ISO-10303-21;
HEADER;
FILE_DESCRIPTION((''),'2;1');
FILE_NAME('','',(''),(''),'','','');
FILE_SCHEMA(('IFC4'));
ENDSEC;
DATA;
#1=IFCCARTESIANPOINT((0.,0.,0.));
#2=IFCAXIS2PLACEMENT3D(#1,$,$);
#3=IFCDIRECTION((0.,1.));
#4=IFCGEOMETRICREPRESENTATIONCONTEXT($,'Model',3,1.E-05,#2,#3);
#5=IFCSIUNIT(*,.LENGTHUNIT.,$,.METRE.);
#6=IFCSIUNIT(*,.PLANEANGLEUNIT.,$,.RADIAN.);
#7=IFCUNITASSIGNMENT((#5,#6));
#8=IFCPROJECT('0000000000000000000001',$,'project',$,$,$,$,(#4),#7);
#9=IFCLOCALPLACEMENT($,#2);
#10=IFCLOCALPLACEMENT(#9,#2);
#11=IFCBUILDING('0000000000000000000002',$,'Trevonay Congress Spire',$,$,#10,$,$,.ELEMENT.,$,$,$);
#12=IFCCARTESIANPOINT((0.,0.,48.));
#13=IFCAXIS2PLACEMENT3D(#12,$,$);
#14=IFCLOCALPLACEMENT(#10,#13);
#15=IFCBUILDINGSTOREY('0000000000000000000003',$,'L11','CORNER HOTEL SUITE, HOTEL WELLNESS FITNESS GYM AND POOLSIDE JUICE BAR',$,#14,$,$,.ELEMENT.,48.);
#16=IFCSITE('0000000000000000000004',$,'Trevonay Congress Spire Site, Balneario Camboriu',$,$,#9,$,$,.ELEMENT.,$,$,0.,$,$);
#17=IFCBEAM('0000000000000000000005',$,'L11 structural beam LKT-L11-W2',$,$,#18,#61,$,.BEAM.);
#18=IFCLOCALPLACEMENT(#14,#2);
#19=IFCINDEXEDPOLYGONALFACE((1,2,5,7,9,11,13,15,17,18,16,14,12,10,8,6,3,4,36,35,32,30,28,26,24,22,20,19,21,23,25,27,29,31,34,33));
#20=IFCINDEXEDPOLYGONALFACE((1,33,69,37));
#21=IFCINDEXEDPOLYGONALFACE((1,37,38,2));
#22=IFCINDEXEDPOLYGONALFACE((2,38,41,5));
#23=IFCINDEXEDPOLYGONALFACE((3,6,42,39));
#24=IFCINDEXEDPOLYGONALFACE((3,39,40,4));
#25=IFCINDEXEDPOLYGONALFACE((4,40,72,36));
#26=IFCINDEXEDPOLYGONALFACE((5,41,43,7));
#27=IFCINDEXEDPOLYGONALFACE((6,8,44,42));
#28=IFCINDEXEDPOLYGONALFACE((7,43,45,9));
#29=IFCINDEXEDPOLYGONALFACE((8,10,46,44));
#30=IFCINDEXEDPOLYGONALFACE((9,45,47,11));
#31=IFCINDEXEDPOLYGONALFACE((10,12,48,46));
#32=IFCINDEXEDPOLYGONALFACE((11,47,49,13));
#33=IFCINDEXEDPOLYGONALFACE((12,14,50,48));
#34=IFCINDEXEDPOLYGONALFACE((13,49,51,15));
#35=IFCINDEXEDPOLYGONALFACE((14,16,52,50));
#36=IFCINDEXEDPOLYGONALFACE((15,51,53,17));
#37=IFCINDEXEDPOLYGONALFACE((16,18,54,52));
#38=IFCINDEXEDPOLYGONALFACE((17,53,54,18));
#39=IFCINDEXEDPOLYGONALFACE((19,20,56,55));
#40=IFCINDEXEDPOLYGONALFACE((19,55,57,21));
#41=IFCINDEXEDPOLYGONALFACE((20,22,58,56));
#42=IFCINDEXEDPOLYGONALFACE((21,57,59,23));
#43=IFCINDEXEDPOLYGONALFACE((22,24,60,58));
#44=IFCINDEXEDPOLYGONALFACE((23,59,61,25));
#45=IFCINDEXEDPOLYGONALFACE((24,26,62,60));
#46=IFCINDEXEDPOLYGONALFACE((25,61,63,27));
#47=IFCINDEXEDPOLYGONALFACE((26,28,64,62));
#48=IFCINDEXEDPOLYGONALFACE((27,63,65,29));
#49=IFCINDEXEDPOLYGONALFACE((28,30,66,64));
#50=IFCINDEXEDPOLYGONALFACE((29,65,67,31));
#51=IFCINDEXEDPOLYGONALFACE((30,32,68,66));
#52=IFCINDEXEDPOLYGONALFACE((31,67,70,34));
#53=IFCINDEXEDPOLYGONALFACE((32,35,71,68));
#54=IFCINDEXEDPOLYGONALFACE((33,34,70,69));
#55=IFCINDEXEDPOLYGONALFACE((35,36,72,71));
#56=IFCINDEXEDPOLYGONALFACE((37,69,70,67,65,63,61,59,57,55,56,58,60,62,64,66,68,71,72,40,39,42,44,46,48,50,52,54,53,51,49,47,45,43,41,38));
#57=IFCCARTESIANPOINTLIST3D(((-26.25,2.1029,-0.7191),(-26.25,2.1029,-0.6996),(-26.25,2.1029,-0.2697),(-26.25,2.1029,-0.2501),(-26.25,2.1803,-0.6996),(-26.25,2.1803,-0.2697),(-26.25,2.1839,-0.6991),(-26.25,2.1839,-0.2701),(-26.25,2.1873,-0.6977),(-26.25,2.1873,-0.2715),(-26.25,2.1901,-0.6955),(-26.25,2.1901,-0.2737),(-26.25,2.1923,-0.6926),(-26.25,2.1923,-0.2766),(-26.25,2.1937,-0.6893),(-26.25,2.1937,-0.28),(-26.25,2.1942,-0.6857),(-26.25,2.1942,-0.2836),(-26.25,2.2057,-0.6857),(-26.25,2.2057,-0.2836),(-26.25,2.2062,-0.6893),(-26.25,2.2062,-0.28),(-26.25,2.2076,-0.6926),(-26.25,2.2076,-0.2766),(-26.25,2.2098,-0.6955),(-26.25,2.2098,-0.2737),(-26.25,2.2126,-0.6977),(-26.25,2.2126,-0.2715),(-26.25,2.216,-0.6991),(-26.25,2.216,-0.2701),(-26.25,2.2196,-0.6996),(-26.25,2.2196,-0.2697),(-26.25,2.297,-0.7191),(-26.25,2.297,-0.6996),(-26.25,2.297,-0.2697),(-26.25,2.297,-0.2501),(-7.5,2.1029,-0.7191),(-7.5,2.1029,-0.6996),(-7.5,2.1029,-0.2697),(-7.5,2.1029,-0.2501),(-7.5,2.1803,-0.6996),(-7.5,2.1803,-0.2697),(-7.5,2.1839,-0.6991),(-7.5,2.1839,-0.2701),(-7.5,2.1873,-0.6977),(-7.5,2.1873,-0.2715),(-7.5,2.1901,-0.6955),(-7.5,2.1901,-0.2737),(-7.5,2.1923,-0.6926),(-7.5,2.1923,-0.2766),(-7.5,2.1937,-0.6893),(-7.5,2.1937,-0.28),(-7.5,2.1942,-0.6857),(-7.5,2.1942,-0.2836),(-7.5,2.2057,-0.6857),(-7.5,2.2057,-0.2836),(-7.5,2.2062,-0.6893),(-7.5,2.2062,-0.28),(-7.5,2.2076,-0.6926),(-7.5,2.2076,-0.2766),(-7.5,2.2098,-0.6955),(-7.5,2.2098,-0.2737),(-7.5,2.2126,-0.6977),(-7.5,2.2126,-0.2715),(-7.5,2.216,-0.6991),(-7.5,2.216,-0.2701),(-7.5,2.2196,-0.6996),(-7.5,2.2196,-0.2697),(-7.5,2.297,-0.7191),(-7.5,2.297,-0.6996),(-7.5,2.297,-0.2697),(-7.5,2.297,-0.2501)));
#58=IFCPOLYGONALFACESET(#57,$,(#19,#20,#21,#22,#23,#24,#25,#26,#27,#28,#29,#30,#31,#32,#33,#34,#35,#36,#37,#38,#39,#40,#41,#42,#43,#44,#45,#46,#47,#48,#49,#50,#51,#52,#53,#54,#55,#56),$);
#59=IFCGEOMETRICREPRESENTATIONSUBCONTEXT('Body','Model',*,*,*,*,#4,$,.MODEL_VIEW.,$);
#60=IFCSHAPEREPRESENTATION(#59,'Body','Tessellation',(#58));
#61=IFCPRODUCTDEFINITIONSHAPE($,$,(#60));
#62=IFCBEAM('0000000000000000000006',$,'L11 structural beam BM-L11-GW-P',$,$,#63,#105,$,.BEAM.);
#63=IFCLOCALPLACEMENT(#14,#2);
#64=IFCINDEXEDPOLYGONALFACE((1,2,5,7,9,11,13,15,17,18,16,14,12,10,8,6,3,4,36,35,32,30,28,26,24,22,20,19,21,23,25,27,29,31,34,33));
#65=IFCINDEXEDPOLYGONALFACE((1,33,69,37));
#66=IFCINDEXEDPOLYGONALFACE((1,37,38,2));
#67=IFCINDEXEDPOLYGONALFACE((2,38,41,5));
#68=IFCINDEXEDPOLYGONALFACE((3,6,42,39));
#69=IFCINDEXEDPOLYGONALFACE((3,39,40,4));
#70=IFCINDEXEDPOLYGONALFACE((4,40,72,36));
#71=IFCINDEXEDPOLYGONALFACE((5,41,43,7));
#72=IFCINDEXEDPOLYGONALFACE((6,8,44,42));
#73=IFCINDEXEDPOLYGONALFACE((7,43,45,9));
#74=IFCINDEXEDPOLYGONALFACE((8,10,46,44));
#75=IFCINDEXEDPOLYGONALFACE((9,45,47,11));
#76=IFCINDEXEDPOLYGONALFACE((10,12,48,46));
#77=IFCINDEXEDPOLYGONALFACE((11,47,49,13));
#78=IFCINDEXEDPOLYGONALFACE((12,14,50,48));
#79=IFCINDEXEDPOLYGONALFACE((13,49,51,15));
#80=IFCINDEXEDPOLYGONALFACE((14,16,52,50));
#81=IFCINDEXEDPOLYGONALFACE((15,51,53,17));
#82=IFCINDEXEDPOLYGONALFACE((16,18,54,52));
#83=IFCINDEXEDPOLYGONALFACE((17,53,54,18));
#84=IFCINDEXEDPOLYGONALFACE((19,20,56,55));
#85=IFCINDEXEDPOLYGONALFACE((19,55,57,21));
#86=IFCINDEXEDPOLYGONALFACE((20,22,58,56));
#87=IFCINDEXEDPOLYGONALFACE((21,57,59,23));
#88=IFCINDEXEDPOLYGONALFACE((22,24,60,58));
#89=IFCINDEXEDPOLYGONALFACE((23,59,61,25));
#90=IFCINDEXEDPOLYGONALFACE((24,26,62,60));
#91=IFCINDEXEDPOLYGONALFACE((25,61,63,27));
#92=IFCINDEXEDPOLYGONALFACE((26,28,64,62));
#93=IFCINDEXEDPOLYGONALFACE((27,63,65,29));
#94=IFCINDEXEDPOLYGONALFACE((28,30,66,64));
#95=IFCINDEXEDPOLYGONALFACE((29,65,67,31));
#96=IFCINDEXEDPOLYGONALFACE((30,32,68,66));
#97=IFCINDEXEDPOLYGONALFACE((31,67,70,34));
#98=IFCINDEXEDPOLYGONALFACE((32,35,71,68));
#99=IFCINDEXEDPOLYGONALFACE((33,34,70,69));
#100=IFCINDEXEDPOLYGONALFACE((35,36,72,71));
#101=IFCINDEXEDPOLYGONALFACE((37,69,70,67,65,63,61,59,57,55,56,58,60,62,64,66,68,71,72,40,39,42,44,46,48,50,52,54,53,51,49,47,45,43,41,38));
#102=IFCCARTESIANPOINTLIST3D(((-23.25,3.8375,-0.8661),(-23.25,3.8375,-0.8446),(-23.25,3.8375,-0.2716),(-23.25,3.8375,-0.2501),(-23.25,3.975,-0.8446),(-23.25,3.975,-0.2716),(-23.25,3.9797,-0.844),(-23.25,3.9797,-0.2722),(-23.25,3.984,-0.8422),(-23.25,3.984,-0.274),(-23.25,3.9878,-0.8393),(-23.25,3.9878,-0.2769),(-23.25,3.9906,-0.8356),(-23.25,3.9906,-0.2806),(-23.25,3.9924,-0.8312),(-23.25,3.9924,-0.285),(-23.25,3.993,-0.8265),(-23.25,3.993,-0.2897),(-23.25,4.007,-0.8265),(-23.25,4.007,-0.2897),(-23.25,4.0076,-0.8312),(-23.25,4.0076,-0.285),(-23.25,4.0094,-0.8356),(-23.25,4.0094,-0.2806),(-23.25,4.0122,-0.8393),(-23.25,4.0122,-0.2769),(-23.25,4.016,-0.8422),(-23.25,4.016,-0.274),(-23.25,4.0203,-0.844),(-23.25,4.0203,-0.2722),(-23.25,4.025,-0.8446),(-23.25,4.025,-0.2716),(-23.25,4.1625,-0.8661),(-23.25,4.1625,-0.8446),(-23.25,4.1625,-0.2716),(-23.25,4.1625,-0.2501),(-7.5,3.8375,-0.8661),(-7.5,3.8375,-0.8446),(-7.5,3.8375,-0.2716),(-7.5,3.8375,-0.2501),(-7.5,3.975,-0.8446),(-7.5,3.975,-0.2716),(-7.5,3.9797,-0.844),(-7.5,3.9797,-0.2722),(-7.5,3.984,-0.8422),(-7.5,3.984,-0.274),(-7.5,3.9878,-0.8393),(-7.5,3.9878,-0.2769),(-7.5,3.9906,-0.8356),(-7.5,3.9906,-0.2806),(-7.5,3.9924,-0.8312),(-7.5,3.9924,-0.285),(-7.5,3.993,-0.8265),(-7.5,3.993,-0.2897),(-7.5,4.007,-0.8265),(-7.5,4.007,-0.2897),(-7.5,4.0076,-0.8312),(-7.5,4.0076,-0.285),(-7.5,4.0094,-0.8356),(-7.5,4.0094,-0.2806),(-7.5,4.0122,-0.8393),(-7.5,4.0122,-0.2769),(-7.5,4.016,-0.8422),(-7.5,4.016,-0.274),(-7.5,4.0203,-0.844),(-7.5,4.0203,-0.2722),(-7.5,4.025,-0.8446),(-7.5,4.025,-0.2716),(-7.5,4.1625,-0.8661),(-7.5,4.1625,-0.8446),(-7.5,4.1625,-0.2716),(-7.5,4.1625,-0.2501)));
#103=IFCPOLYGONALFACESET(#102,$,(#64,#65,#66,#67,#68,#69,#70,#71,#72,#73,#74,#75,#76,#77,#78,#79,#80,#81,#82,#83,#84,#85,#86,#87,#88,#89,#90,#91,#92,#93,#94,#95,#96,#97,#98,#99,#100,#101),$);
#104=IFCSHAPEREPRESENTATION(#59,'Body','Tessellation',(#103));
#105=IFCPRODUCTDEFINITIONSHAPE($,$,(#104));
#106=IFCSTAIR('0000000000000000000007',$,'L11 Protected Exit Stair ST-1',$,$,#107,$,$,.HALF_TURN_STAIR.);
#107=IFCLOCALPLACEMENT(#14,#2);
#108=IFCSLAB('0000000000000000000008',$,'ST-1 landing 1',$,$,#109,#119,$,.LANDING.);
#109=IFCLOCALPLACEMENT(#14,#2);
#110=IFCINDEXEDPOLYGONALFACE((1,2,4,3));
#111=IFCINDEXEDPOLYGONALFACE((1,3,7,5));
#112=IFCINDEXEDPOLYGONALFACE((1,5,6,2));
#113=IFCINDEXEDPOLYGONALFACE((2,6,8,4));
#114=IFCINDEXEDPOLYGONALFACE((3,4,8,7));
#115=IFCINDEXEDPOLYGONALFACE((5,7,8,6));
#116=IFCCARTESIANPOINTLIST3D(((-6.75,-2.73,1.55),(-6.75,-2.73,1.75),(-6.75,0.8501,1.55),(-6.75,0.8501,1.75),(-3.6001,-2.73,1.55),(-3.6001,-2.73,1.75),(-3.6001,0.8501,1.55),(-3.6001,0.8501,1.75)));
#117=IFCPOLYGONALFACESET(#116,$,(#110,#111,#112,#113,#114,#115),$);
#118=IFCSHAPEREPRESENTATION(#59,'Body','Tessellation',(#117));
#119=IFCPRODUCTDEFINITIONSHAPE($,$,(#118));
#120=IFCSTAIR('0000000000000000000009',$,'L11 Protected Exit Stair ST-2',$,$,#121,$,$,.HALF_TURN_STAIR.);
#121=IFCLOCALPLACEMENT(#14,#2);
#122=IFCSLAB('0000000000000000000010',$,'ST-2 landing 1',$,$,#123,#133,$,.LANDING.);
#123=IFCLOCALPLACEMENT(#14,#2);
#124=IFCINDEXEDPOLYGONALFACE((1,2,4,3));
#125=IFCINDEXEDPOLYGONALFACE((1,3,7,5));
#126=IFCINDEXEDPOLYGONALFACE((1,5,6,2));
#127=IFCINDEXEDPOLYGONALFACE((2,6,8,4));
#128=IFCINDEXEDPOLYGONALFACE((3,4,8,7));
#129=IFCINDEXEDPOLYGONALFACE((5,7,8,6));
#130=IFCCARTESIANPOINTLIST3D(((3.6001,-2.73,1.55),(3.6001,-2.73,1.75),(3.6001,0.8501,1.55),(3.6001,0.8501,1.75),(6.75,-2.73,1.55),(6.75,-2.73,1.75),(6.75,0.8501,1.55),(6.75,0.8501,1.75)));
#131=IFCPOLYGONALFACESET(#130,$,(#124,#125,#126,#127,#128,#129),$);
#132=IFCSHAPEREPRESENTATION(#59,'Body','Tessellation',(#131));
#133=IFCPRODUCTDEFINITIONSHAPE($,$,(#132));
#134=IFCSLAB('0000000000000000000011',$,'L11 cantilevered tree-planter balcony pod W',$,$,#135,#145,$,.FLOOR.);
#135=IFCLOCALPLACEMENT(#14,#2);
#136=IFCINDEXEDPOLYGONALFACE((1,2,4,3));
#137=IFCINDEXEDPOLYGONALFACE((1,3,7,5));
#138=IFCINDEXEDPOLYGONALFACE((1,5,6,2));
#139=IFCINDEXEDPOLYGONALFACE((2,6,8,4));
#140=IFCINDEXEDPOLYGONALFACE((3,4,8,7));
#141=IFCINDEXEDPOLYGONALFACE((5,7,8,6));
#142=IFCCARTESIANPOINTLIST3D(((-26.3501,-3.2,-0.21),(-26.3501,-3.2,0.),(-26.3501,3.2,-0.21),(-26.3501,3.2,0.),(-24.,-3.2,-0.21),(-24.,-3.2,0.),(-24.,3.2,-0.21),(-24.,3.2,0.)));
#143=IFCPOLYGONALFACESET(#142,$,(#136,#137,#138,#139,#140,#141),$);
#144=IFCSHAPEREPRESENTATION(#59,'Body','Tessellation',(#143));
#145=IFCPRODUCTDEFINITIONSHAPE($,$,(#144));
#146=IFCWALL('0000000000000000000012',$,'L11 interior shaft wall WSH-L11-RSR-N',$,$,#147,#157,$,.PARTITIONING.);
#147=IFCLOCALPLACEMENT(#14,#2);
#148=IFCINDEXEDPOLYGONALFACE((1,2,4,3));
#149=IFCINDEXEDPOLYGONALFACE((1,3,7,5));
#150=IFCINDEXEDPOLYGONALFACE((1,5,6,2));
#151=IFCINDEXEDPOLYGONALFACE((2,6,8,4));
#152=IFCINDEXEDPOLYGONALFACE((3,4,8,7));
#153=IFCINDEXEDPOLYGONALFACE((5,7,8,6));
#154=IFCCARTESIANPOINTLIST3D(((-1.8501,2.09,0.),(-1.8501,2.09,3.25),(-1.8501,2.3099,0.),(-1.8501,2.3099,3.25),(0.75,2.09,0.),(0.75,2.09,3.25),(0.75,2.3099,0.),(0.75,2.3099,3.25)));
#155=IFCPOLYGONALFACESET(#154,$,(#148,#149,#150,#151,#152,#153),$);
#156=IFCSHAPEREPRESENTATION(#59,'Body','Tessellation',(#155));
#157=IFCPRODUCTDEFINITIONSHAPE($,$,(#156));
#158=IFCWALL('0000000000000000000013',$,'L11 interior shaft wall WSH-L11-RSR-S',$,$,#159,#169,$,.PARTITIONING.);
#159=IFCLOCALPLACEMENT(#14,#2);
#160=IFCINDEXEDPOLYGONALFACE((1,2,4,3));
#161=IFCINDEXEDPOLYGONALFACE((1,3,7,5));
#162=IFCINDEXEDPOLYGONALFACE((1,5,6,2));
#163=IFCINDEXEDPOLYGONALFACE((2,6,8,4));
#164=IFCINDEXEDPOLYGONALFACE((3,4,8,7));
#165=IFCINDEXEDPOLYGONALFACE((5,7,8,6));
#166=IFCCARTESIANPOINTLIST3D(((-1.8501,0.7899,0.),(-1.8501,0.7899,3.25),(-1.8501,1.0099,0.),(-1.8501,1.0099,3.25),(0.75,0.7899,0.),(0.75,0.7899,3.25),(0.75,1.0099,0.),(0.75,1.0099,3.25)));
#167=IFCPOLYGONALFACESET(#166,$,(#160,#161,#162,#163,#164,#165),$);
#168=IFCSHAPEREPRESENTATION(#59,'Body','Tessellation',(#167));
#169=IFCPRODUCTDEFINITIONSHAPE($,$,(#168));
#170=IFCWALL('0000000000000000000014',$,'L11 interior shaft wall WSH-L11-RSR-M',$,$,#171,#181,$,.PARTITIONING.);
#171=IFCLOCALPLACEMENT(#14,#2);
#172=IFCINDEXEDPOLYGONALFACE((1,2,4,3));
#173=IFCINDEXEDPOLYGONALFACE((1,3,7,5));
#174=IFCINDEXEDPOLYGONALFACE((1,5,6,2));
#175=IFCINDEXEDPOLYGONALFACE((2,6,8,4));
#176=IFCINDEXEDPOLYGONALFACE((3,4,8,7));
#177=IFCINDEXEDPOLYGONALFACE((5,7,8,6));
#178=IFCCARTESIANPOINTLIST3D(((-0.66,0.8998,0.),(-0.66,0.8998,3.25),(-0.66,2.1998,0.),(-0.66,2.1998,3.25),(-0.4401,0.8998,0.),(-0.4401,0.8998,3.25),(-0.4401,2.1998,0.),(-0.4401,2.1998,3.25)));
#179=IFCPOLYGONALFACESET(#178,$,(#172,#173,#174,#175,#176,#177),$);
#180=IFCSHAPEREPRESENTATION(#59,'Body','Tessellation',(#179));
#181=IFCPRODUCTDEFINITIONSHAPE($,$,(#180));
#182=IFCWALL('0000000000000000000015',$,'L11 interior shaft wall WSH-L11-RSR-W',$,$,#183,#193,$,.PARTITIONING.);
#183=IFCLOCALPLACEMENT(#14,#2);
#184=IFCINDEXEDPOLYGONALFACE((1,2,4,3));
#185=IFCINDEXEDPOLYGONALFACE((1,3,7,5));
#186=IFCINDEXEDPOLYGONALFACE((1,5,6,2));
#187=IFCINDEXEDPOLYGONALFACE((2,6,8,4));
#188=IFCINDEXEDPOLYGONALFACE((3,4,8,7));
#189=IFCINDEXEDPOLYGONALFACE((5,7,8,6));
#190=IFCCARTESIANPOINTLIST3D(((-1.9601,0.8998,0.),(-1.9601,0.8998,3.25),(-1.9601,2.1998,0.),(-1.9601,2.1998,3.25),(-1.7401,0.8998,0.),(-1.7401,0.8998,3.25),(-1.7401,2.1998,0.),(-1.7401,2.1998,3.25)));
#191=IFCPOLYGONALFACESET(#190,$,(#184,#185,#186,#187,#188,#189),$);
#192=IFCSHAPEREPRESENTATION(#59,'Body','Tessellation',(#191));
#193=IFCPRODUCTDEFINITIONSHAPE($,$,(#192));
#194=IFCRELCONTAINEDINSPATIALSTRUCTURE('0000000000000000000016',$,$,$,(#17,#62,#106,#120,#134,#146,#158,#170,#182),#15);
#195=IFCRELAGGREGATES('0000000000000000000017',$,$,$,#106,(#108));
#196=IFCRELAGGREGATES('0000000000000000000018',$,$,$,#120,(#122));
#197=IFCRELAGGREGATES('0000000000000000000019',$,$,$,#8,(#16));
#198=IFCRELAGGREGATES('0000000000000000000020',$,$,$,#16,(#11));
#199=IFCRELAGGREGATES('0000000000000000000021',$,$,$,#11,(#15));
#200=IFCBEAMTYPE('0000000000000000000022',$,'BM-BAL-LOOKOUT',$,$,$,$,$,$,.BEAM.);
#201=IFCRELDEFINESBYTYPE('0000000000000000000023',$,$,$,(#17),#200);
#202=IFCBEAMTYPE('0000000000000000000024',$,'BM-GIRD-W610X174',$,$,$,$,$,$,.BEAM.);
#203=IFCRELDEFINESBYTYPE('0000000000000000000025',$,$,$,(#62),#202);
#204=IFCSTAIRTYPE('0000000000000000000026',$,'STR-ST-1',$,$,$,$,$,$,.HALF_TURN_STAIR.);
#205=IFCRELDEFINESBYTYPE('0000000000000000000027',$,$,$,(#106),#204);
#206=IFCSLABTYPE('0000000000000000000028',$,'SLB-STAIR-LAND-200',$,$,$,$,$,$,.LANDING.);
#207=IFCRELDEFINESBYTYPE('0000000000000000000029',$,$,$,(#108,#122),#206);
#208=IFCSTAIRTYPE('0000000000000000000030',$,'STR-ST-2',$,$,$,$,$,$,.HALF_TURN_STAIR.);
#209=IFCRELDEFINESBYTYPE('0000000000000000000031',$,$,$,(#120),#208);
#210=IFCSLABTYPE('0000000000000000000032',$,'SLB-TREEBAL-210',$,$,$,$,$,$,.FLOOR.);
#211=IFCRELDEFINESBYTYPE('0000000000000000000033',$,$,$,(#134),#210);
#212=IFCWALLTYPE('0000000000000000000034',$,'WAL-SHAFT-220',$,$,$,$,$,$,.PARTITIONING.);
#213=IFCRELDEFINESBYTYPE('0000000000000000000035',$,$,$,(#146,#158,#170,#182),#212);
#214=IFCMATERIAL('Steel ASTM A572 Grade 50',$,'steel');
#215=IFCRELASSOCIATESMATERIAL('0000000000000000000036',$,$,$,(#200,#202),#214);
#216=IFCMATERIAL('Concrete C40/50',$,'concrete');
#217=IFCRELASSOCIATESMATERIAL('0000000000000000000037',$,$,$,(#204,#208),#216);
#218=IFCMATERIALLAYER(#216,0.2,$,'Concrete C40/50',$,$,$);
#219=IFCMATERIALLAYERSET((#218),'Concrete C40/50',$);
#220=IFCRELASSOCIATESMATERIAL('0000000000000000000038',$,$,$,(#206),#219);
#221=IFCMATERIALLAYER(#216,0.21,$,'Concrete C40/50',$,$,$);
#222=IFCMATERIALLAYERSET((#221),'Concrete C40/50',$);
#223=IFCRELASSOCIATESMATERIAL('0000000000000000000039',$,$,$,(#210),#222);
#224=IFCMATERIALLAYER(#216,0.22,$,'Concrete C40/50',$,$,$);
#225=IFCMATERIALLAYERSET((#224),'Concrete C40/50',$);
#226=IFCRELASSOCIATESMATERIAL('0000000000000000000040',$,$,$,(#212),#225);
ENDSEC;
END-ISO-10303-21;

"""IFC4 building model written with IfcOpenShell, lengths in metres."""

from ifc_helpers import new_model, si_unit, direction, frame, frame_2d, origin, origin_2d, place, context, subcontext, project, spatial, polyline, rectangle, i_section, outline, extrude, material, layer, layer_set, material_profile, profile_set, type_object, element, aggregate, save


model = new_model("IFC4")

# Units and contexts
model_context = context("Model", 3, precision=1e-05, world=origin(), true_north=direction((0.0, 1.0)))
body_context = subcontext(model_context, "Body", "Model", "MODEL_VIEW")
ifc_project = project(units=[si_unit("LENGTHUNIT", "METRE"), si_unit("PLANEANGLEUNIT", "RADIAN")], contexts=[model_context])

# Site, building, storey
site_placement = place(None, origin())
site = spatial("IfcSite", under=ifc_project, at=site_placement, Name="Trevonay Congress Spire Site, Balneario Camboriu", CompositionType="ELEMENT", RefElevation=0.0)
building_placement = place(site_placement, origin())
building = spatial("IfcBuilding", under=site, at=building_placement, Name="Trevonay Congress Spire", CompositionType="ELEMENT")
storey_placement = place(building_placement, frame((0.0, 0.0, 48.0)))
storey = spatial("IfcBuildingStorey", under=building, at=storey_placement, Name="L11", Description="CORNER HOTEL SUITE, HOTEL WELLNESS FITNESS GYM AND POOLSIDE JUICE BAR", CompositionType="ELEMENT", Elevation=48.0)

# Beams
ifc_material_1 = material(Name="Steel ASTM A572 Grade 50", Category="steel")
ifc_material_profile_1 = material_profile(ifc_material_1, i_section(OverallWidth=0.1941, OverallDepth=0.469, WebThickness=0.0115, FlangeThickness=0.0195, FilletRadius=0.0139, at=origin_2d()), Name="W460x106")
ifc_profile_set_1 = profile_set([ifc_material_profile_1], Name="Steel ASTM A572 Grade 50")
beam_type_1 = type_object("IfcBeamType", Name="BM-BAL-LOOKOUT", PredefinedType="BEAM", material=ifc_profile_set_1)
beam_1_placement = place(storey_placement, frame((-7.5, 2.2, -0.4846), z_axis=(-1.0, 0.0, 0.0), x_axis=(0.0, -1.0, 0.0)))
element("IfcBeam", 1, at=beam_1_placement, inside=storey, type_object=beam_type_1, Name="L11 structural beam LKT-L11-W2", PredefinedType="BEAM", context=body_context, shape_type="SweptSolid", body=[
    extrude(i_section(OverallWidth=0.1941, OverallDepth=0.469, WebThickness=0.0115, FlangeThickness=0.0195, FilletRadius=0.0139, at=origin_2d()), origin(), (0.0, 0.0, 1.0), 18.75),
])
ifc_material_profile_2 = material_profile(ifc_material_1, i_section(OverallWidth=0.325, OverallDepth=0.616, WebThickness=0.0139, FlangeThickness=0.0215, FilletRadius=0.0181, at=origin_2d()), Name="W610x174")
ifc_profile_set_2 = profile_set([ifc_material_profile_2], Name="Steel ASTM A572 Grade 50")
beam_type_2 = type_object("IfcBeamType", Name="BM-GIRD-W610X174", PredefinedType="BEAM", material=ifc_profile_set_2)
beam_2_placement = place(storey_placement, frame((-7.5, 4.0, -0.5581), z_axis=(-1.0, 0.0, 0.0), x_axis=(0.0, -1.0, 0.0)))
element("IfcBeam", 2, at=beam_2_placement, inside=storey, type_object=beam_type_2, Name="L11 structural beam BM-L11-GW-P", PredefinedType="BEAM", context=body_context, shape_type="SweptSolid", body=[
    extrude(i_section(OverallWidth=0.325, OverallDepth=0.616, WebThickness=0.0139, FlangeThickness=0.0215, FilletRadius=0.0181, at=origin_2d()), origin(), (0.0, 0.0, 1.0), 15.75),
])

# Stairs, slabs
ifc_material_2 = material(Name="Concrete C40/50", Category="concrete")
stair_type_1 = type_object("IfcStairType", Name="STR-ST-1", PredefinedType="HALF_TURN_STAIR", material=ifc_material_2)
stair_1_placement = place(storey_placement, origin())
stair_1 = element("IfcStair", 3, at=stair_1_placement, inside=storey, type_object=stair_type_1, Name="L11 Protected Exit Stair ST-1", PredefinedType="HALF_TURN_STAIR")
ifc_layer_1 = layer(ifc_material_2, 0.2, Name="Concrete C40/50")
ifc_layer_set_1 = layer_set([ifc_layer_1], Name="Concrete C40/50")
slab_type_1 = type_object("IfcSlabType", Name="SLB-STAIR-LAND-200", PredefinedType="LANDING", material=ifc_layer_set_1)
slab_1_placement = place(storey_placement, frame((0.0, 0.0, 1.55)))
slab_1 = element("IfcSlab", 4, at=slab_1_placement, type_object=slab_type_1, Name="ST-1 landing 1", PredefinedType="LANDING", context=body_context, shape_type="SweptSolid", body=[
    extrude(outline(polyline([(-3.6001, -2.73), (-3.6001, 0.8501), (-6.75, 0.8501), (-6.75, -2.73), (-3.6001, -2.73)])), origin(), (0.0, 0.0, 1.0), 0.2),
])
aggregate(stair_1, [slab_1])
stair_type_2 = type_object("IfcStairType", Name="STR-ST-2", PredefinedType="HALF_TURN_STAIR", material=ifc_material_2)
stair_2_placement = place(storey_placement, origin())
stair_2 = element("IfcStair", 5, at=stair_2_placement, inside=storey, type_object=stair_type_2, Name="L11 Protected Exit Stair ST-2", PredefinedType="HALF_TURN_STAIR")
slab_2_placement = place(storey_placement, frame((0.0, 0.0, 1.55)))
slab_2 = element("IfcSlab", 6, at=slab_2_placement, type_object=slab_type_1, Name="ST-2 landing 1", PredefinedType="LANDING", context=body_context, shape_type="SweptSolid", body=[
    extrude(outline(polyline([(6.75, -2.73), (6.75, 0.8501), (3.6001, 0.8501), (3.6001, -2.73), (6.75, -2.73)])), origin(), (0.0, 0.0, 1.0), 0.2),
])
aggregate(stair_2, [slab_2])

# Slab
ifc_layer_2 = layer(ifc_material_2, 0.21, Name="Concrete C40/50")
ifc_layer_set_2 = layer_set([ifc_layer_2], Name="Concrete C40/50")
slab_type_2 = type_object("IfcSlabType", Name="SLB-TREEBAL-210", PredefinedType="FLOOR", material=ifc_layer_set_2)
slab_3_placement = place(storey_placement, frame((0.0, 0.0, -0.21)))
element("IfcSlab", 7, at=slab_3_placement, inside=storey, type_object=slab_type_2, Name="L11 cantilevered tree-planter balcony pod W", PredefinedType="FLOOR", context=body_context, shape_type="SweptSolid", body=[
    extrude(outline(polyline([(-26.3501, -3.2), (-24.0, -3.2), (-24.0, 3.2), (-26.3501, 3.2), (-26.3501, -3.2)])), origin(), (0.0, 0.0, 1.0), 0.21),
])

# Walls
ifc_layer_3 = layer(ifc_material_2, 0.22, Name="Concrete C40/50")
ifc_layer_set_3 = layer_set([ifc_layer_3], Name="Concrete C40/50")
wall_type_1 = type_object("IfcWallType", Name="WAL-SHAFT-220", PredefinedType="PARTITIONING", material=ifc_layer_set_3)
for number, where, z_axis, x_axis, name in (
    (8, (-1.8501, 2.2, 0.0), (0.0, 0.0, 1.0), (1.0, 0.0, 0.0), "L11 interior shaft wall WSH-L11-RSR-N"),
    (9, (-1.8501, 0.8999, 0.0), (0.0, 0.0, 1.0), (1.0, 0.0, 0.0), "L11 interior shaft wall WSH-L11-RSR-S"),
):
    element("IfcWall", number, at=place(storey_placement, frame(where, z_axis=z_axis, x_axis=x_axis)), inside=storey, type_object=wall_type_1, Name=name, PredefinedType="PARTITIONING", context=body_context, shape_type="SweptSolid", body=[
        extrude(rectangle(XDim=2.6001, YDim=0.22, at=frame_2d((1.3, 0.0))), origin(), (0.0, 0.0, 1.0), 3.25),
    ])
for number, where, z_axis, x_axis, name in (
    (10, (-0.55, 0.8999, 0.0), (0.0, 0.0, 1.0), (0.0, 1.0, 0.0), "L11 interior shaft wall WSH-L11-RSR-M"),
    (11, (-1.8501, 0.8999, 0.0), (0.0, 0.0, 1.0), (0.0, 1.0, 0.0), "L11 interior shaft wall WSH-L11-RSR-W"),
):
    element("IfcWall", number, at=place(storey_placement, frame(where, z_axis=z_axis, x_axis=x_axis)), inside=storey, type_object=wall_type_1, Name=name, PredefinedType="PARTITIONING", context=body_context, shape_type="SweptSolid", body=[
        extrude(rectangle(XDim=1.3, YDim=0.22, at=frame_2d((0.6499, 0.0))), origin(), (0.0, 0.0, 1.0), 3.25),
    ])

save(model, "model.ifc")
